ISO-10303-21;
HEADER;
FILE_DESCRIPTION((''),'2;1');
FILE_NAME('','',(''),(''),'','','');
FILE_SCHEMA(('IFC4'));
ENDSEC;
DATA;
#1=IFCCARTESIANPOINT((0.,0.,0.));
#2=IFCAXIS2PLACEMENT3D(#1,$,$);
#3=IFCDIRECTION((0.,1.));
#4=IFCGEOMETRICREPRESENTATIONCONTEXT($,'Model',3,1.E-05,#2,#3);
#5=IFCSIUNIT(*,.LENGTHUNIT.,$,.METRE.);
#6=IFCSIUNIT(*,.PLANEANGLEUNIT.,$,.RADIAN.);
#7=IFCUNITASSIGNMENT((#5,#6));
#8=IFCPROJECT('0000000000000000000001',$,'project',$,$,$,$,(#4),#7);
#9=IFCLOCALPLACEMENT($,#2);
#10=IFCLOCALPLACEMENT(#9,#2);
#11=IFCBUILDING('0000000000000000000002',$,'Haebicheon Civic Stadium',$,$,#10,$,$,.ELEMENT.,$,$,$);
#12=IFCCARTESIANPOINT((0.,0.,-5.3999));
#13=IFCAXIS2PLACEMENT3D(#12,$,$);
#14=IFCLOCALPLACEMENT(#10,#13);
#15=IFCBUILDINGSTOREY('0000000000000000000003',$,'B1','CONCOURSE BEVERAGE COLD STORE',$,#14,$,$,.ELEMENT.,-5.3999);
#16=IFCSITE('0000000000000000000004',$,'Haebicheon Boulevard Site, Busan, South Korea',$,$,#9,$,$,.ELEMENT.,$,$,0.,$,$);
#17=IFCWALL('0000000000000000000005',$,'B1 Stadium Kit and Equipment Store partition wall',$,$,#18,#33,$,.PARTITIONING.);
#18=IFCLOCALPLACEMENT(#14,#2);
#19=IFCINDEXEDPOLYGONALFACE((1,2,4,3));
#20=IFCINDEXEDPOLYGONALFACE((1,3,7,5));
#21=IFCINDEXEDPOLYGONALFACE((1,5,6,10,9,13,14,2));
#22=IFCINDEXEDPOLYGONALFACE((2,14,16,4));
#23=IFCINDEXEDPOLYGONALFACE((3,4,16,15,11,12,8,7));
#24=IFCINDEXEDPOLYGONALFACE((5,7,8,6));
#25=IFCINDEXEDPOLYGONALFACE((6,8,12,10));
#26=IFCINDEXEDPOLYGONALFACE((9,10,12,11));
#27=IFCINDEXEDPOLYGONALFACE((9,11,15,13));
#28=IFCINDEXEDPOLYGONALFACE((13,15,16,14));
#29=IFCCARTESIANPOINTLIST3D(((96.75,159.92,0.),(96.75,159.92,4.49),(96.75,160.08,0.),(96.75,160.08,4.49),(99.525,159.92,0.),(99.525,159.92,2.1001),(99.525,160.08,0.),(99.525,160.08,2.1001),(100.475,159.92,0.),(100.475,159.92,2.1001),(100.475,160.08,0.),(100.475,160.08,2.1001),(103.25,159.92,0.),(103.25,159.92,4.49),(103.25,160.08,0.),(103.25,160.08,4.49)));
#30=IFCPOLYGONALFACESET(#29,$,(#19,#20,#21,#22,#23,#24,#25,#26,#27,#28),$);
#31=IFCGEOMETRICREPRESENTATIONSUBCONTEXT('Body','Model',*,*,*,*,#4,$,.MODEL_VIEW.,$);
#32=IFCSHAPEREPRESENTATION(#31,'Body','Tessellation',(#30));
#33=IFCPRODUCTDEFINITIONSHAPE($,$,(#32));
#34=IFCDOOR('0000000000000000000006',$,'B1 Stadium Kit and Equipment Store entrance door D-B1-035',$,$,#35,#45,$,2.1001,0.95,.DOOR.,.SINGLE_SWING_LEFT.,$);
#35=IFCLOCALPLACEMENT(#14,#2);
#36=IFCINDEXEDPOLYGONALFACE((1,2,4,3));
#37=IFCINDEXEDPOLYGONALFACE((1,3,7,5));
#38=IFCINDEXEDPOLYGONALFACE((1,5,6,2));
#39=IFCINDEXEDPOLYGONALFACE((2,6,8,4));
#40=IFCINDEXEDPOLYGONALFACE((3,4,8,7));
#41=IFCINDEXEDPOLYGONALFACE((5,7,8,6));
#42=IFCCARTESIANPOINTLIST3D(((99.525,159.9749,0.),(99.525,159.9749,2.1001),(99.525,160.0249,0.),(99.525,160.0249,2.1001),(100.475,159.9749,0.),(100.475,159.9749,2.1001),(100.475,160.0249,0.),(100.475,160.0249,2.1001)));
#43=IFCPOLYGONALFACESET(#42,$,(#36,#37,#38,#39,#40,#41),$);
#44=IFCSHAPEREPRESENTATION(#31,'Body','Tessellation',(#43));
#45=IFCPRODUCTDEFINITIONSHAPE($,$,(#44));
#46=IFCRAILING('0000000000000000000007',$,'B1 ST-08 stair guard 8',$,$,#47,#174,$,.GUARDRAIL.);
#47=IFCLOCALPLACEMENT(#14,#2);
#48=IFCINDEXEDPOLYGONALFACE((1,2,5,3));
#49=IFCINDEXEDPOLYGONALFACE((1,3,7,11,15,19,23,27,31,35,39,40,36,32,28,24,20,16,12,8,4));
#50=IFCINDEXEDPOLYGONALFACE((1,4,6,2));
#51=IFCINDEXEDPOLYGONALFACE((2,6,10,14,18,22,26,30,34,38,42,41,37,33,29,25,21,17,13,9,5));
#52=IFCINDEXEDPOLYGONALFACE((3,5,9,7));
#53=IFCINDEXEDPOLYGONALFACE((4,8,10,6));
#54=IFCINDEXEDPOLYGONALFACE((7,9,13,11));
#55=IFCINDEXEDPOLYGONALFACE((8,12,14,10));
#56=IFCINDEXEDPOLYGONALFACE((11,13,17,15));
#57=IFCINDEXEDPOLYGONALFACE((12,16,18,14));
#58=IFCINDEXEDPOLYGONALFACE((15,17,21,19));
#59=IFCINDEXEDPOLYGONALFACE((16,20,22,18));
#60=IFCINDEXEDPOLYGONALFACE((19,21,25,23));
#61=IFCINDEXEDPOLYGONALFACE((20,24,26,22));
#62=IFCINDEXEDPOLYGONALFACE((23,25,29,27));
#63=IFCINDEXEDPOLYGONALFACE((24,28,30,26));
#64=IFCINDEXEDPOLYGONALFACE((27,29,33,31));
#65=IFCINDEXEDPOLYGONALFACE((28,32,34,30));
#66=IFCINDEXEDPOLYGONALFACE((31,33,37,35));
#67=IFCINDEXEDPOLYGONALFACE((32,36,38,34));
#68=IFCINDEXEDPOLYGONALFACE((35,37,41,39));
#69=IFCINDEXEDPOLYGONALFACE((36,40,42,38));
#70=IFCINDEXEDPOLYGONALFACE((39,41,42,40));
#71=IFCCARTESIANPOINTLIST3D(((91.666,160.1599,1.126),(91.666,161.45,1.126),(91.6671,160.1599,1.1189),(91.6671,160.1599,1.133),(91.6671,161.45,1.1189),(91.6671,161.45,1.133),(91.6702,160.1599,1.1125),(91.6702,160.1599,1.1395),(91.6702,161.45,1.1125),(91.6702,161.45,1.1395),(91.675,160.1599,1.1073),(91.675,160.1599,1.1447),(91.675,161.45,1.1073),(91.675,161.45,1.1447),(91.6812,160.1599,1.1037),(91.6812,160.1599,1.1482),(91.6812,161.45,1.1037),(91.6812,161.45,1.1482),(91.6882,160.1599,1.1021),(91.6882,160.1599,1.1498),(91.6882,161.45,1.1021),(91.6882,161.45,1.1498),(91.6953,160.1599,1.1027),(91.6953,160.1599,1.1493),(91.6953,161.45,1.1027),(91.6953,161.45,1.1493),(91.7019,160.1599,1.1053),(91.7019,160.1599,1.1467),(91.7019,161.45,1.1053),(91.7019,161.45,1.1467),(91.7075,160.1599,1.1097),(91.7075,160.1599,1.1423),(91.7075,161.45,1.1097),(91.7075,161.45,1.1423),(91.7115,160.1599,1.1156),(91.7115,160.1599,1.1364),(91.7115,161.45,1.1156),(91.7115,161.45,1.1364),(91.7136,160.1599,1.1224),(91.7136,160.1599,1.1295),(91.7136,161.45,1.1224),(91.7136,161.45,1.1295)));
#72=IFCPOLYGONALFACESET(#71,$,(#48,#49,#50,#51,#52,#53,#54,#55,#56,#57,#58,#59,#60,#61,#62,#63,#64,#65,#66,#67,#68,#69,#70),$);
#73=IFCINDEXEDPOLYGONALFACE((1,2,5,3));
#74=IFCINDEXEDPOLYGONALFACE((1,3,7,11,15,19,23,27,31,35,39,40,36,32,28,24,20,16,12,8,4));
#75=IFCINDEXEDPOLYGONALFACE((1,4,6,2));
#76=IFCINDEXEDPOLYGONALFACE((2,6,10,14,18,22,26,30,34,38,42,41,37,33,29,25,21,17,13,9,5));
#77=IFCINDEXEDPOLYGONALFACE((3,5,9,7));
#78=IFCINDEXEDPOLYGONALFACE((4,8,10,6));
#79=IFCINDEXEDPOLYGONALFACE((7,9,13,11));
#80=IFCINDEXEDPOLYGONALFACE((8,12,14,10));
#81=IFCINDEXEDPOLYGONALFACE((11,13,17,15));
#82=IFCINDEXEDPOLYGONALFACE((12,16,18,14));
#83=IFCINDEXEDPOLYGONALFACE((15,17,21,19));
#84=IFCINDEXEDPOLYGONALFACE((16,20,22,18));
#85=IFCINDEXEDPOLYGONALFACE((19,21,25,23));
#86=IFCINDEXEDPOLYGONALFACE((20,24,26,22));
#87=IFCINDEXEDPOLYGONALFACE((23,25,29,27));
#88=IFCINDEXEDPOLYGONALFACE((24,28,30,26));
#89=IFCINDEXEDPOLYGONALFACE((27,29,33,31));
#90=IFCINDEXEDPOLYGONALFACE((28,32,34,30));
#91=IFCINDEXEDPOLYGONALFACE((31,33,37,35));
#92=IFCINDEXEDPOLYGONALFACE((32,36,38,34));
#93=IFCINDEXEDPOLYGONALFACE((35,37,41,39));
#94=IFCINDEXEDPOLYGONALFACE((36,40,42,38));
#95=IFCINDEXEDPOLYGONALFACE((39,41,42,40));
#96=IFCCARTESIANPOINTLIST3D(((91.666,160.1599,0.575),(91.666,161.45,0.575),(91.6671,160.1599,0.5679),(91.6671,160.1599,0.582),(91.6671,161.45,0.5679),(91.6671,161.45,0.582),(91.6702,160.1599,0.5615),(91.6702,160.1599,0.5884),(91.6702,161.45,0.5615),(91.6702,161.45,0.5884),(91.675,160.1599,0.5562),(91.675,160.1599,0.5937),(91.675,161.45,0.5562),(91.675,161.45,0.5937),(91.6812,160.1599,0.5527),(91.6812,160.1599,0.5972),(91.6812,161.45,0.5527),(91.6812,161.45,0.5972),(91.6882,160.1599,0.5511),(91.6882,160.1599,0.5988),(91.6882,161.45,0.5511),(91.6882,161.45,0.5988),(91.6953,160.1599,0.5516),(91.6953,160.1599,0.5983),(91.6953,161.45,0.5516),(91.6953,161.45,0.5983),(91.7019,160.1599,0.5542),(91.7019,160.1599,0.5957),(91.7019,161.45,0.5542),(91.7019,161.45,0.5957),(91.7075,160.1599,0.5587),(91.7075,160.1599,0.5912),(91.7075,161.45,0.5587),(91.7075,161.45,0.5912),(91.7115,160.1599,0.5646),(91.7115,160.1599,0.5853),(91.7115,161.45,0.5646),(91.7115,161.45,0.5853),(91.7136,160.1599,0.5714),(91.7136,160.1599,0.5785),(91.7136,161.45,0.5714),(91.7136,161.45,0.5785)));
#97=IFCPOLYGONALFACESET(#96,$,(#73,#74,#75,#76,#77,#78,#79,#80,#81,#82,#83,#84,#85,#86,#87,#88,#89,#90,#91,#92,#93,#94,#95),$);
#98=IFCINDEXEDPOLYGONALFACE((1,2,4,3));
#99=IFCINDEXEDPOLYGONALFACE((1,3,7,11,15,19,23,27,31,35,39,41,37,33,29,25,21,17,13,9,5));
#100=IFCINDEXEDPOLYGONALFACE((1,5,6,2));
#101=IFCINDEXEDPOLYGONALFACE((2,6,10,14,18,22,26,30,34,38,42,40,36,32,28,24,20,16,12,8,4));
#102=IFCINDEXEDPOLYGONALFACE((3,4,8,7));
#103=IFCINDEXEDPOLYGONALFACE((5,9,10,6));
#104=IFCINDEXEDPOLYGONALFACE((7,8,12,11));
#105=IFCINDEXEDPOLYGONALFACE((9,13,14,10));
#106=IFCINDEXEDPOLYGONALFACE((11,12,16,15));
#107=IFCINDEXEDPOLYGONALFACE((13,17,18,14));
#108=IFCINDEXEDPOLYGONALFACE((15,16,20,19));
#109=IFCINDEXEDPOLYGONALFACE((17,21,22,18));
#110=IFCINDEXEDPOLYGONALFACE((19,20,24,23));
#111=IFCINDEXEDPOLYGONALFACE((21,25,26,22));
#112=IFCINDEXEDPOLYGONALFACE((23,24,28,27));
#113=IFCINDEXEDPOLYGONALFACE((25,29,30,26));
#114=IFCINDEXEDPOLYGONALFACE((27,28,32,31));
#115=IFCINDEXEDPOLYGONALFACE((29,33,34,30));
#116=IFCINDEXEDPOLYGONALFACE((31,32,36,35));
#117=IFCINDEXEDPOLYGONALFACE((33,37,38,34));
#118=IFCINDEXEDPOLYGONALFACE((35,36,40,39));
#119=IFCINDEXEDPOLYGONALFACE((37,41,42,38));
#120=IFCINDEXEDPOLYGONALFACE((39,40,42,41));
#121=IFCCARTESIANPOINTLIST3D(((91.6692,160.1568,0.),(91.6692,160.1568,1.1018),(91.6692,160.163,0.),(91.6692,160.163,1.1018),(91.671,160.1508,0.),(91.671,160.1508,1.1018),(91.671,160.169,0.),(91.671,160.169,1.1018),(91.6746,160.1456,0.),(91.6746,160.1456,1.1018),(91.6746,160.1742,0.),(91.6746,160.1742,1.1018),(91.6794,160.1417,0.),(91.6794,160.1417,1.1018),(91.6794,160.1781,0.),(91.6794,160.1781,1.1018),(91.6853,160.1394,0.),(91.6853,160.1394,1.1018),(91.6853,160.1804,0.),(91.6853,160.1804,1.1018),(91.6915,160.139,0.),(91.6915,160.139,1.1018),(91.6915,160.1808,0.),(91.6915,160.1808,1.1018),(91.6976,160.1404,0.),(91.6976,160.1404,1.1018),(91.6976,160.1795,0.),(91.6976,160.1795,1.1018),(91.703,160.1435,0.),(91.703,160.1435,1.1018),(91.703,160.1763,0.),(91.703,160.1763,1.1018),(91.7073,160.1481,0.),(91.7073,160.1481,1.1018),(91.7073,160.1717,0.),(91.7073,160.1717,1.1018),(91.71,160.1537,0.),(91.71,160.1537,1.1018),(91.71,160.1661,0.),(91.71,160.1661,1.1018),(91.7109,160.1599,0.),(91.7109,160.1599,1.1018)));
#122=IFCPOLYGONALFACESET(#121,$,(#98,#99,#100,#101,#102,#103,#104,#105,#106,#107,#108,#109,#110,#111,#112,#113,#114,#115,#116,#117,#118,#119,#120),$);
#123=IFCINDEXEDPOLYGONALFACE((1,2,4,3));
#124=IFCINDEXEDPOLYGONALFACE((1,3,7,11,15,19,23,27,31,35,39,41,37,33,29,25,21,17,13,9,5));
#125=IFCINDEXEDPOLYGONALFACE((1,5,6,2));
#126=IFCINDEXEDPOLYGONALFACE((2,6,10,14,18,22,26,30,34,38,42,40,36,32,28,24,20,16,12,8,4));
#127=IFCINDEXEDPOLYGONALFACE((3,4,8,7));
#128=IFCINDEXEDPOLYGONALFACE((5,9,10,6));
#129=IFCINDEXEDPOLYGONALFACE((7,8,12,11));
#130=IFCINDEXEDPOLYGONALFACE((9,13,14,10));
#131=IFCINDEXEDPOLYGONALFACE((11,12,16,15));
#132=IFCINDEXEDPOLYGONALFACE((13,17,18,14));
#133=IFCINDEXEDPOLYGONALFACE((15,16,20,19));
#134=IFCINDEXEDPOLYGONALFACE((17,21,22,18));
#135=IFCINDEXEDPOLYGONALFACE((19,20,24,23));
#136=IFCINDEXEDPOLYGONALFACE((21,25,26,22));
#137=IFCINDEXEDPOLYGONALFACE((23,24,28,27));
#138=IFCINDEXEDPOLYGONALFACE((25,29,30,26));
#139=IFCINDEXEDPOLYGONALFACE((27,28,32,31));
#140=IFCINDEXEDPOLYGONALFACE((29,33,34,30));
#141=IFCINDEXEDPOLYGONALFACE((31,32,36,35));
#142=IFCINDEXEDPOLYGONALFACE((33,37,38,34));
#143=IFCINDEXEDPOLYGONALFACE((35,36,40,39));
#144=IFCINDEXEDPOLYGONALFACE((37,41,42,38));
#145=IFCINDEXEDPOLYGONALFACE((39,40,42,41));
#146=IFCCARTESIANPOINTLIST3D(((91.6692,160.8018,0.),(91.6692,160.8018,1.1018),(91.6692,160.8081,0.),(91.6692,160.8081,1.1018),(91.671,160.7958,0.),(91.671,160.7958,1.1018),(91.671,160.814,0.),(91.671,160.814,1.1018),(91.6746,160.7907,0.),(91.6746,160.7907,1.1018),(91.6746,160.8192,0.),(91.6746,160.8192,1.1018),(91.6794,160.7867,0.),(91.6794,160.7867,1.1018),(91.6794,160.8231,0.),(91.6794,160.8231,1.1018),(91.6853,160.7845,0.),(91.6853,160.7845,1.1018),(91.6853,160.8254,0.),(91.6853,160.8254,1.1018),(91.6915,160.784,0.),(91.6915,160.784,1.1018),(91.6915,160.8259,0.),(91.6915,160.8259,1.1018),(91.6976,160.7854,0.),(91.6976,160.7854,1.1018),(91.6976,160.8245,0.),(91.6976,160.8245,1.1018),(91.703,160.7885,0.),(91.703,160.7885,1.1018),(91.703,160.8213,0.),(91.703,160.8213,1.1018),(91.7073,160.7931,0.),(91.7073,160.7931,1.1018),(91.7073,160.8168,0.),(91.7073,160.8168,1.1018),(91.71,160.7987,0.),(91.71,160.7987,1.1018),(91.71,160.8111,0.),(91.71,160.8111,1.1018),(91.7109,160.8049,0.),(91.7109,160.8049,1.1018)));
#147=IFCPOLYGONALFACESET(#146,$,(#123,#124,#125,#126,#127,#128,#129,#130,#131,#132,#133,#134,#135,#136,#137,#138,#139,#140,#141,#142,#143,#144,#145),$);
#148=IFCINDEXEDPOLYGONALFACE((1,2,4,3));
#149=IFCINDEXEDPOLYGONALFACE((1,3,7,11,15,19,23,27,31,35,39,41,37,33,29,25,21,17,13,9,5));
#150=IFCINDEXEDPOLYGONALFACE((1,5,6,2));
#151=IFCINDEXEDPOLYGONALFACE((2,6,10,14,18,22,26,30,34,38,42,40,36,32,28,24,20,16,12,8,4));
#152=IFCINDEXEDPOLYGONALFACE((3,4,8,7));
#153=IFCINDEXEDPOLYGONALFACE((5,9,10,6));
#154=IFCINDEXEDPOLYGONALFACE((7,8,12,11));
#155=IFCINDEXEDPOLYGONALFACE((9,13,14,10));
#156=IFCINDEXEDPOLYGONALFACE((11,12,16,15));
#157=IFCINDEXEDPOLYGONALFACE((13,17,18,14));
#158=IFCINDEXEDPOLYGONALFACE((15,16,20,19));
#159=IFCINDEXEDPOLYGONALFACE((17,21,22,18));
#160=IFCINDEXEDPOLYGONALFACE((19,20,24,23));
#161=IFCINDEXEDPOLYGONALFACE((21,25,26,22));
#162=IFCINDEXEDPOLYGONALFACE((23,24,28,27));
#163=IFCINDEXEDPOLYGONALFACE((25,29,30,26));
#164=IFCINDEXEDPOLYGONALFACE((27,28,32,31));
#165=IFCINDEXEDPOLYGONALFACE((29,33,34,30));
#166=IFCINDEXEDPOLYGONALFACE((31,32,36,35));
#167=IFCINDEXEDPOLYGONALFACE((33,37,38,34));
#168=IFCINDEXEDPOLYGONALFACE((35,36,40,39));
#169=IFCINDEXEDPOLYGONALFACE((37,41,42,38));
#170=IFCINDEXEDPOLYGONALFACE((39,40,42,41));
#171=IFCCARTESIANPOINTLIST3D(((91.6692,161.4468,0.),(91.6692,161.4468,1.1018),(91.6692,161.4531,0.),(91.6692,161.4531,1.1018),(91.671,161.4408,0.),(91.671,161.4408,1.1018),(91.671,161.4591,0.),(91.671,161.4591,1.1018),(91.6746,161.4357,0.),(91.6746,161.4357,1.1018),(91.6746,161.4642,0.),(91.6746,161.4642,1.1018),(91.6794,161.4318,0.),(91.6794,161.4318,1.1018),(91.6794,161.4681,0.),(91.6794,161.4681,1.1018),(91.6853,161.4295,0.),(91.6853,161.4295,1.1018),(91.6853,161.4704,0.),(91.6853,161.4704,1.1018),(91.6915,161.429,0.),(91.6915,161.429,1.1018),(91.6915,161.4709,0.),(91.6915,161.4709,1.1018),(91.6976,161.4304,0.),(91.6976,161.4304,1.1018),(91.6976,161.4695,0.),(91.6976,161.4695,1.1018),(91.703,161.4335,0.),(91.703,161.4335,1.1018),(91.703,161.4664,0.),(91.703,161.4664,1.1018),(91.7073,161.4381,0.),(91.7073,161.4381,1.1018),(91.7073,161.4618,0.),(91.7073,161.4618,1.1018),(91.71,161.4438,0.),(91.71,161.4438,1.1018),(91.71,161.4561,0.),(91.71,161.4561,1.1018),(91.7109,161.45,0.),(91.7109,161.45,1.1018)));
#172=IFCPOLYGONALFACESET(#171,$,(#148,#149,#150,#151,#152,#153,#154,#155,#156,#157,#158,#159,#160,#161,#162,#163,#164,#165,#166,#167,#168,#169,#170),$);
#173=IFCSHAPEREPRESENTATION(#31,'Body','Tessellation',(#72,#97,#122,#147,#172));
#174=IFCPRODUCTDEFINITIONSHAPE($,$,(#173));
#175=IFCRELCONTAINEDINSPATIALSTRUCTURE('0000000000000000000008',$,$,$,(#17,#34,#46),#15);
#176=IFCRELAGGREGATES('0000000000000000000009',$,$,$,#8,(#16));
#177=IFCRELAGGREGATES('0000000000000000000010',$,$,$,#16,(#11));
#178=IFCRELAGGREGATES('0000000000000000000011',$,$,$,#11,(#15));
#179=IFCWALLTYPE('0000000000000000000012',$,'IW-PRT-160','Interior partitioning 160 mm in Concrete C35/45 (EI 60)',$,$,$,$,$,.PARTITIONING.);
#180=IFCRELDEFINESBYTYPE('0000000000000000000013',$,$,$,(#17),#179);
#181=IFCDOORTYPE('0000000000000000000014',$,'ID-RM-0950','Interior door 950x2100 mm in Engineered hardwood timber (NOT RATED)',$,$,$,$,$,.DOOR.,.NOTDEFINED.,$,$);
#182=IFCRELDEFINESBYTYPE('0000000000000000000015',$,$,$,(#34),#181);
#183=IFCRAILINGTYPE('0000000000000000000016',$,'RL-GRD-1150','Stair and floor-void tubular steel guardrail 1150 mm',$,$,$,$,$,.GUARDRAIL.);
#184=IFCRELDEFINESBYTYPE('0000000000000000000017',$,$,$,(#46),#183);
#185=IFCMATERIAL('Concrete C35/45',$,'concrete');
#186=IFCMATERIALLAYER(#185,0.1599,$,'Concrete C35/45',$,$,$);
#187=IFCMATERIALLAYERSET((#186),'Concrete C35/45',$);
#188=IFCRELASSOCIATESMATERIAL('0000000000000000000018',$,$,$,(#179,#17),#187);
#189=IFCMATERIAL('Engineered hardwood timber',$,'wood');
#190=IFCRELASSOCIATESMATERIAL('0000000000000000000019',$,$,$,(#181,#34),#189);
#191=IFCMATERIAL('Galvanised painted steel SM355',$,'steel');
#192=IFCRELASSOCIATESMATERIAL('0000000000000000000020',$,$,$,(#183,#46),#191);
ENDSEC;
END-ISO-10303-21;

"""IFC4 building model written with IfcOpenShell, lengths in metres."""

from ifc_helpers import new_model, si_unit, direction, frame, frame_2d, origin, origin_2d, place, context, subcontext, project, spatial, rectangle, circle, extrude, material, layer, layer_set, type_object, element, fill, save


model = new_model("IFC4")

# Units and contexts
model_context = context("Model", 3, precision=1e-05, world=origin(), true_north=direction((0.0, 1.0)))
body_context = subcontext(model_context, "Body", "Model", "MODEL_VIEW")
ifc_project = project(units=[si_unit("LENGTHUNIT", "METRE"), si_unit("PLANEANGLEUNIT", "RADIAN")], contexts=[model_context])

# Site, building, storey
site_placement = place(None, origin())
site = spatial("IfcSite", under=ifc_project, at=site_placement, Name="Haebicheon Boulevard Site, Busan, South Korea", CompositionType="ELEMENT", RefElevation=0.0)
building_placement = place(site_placement, origin())
building = spatial("IfcBuilding", under=site, at=building_placement, Name="Haebicheon Civic Stadium", CompositionType="ELEMENT")
storey_placement = place(building_placement, frame((0.0, 0.0, -5.3999)))
storey = spatial("IfcBuildingStorey", under=building, at=storey_placement, Name="B1", Description="CONCOURSE BEVERAGE COLD STORE", CompositionType="ELEMENT", Elevation=-5.3999)

# Wall, opening, door
ifc_material_1 = material(Name="Concrete C35/45", Category="concrete")
ifc_layer_1 = layer(ifc_material_1, 0.1599, Name="Concrete C35/45")
ifc_layer_set_1 = layer_set([ifc_layer_1], Name="Concrete C35/45")
wall_type_1 = type_object("IfcWallType", Name="IW-PRT-160", Description="Interior partitioning 160 mm in Concrete C35/45 (EI 60)", PredefinedType="PARTITIONING", material=ifc_layer_set_1)
wall_1_placement = place(storey_placement, frame((96.75, 160.0, 0.0), z_axis=(0.0, 0.0, 1.0), x_axis=(1.0, 0.0, 0.0)))
wall_1 = element("IfcWall", 1, at=wall_1_placement, inside=storey, type_object=wall_type_1, material=ifc_layer_set_1, Name="B1 Stadium Kit and Equipment Store partition wall", PredefinedType="PARTITIONING", context=body_context, shape_type="SweptSolid", body=[
    extrude(rectangle(XDim=6.5, YDim=0.1599, at=frame_2d((3.25, 0.0))), origin(), (0.0, 0.0, 1.0), 4.49),
])
opening_1_placement = place(wall_1_placement, frame((2.7749, 0.0, 0.0)))
opening_1 = element("IfcOpeningElement", 2, at=opening_1_placement, cuts=wall_1, PredefinedType="OPENING", context=body_context, shape_type="SweptSolid", body=[
    extrude(rectangle(XDim=0.95, YDim=2.1001, at=frame_2d((0.4751, 1.05))), frame((0.0, 0.0898, 0.0), z_axis=(0.0, -1.0, 0.0), x_axis=(1.0, 0.0, 0.0)), (0.0, 0.0, 1.0), 0.1799),
])
ifc_material_2 = material(Name="Engineered hardwood timber", Category="wood")
door_type_1 = type_object("IfcDoorType", Name="ID-RM-0950", Description="Interior door 950x2100 mm in Engineered hardwood timber (NOT RATED)", OperationType="NOTDEFINED", PredefinedType="DOOR", material=ifc_material_2)
door_1_placement = place(opening_1_placement, origin())
door_1 = element("IfcDoor", 3, at=door_1_placement, inside=storey, type_object=door_type_1, material=ifc_material_2, Name="B1 Stadium Kit and Equipment Store entrance door D-B1-035", OperationType="SINGLE_SWING_LEFT", OverallHeight=2.1001, OverallWidth=0.95, PredefinedType="DOOR", context=body_context, shape_type="SweptSolid", body=[
    extrude(rectangle(XDim=0.95, YDim=2.1001, at=frame_2d((0.4751, 1.05))), frame((0.0, 0.0249, 0.0), z_axis=(0.0, -1.0, 0.0), x_axis=(1.0, 0.0, 0.0)), (0.0, 0.0, 1.0), 0.05),
])
fill(opening_1, door_1)

# Railing
ifc_material_3 = material(Name="Galvanised painted steel SM355", Category="steel")
railing_type = type_object("IfcRailingType", Name="RL-GRD-1150", Description="Stair and floor-void tubular steel guardrail 1150 mm", PredefinedType="GUARDRAIL", material=ifc_material_3)
for number, where, name in (
    (4, (91.6899, 160.1599, 0.0), "B1 ST-08 stair guard 8"),
):
    element("IfcRailing", number, at=place(storey_placement, frame(where)), inside=storey, type_object=railing_type, material=ifc_material_3, Name=name, PredefinedType="GUARDRAIL", context=body_context, shape_type="SweptSolid", body=[
        extrude(circle(Radius=0.0239, at=origin_2d()), frame((0.0, 0.0, 1.126), z_axis=(0.0, 1.0, 0.0), x_axis=(-1.0, 0.0, 0.0)), (0.0, 0.0, 1.0), 1.29),
        extrude(circle(Radius=0.0239, at=origin_2d()), frame((0.0, 0.0, 0.575), z_axis=(0.0, 1.0, 0.0), x_axis=(-1.0, 0.0, 0.0)), (0.0, 0.0, 1.0), 1.29),
        extrude(circle(Radius=0.021, at=origin_2d()), origin(), (0.0, 0.0, 1.0), 1.1018),
        extrude(circle(Radius=0.021, at=origin_2d()), frame((0.0, 0.645, 0.0)), (0.0, 0.0, 1.0), 1.1018),
        extrude(circle(Radius=0.021, at=origin_2d()), frame((0.0, 1.29, 0.0)), (0.0, 0.0, 1.0), 1.1018),
    ])

save(model, "model.ifc")
